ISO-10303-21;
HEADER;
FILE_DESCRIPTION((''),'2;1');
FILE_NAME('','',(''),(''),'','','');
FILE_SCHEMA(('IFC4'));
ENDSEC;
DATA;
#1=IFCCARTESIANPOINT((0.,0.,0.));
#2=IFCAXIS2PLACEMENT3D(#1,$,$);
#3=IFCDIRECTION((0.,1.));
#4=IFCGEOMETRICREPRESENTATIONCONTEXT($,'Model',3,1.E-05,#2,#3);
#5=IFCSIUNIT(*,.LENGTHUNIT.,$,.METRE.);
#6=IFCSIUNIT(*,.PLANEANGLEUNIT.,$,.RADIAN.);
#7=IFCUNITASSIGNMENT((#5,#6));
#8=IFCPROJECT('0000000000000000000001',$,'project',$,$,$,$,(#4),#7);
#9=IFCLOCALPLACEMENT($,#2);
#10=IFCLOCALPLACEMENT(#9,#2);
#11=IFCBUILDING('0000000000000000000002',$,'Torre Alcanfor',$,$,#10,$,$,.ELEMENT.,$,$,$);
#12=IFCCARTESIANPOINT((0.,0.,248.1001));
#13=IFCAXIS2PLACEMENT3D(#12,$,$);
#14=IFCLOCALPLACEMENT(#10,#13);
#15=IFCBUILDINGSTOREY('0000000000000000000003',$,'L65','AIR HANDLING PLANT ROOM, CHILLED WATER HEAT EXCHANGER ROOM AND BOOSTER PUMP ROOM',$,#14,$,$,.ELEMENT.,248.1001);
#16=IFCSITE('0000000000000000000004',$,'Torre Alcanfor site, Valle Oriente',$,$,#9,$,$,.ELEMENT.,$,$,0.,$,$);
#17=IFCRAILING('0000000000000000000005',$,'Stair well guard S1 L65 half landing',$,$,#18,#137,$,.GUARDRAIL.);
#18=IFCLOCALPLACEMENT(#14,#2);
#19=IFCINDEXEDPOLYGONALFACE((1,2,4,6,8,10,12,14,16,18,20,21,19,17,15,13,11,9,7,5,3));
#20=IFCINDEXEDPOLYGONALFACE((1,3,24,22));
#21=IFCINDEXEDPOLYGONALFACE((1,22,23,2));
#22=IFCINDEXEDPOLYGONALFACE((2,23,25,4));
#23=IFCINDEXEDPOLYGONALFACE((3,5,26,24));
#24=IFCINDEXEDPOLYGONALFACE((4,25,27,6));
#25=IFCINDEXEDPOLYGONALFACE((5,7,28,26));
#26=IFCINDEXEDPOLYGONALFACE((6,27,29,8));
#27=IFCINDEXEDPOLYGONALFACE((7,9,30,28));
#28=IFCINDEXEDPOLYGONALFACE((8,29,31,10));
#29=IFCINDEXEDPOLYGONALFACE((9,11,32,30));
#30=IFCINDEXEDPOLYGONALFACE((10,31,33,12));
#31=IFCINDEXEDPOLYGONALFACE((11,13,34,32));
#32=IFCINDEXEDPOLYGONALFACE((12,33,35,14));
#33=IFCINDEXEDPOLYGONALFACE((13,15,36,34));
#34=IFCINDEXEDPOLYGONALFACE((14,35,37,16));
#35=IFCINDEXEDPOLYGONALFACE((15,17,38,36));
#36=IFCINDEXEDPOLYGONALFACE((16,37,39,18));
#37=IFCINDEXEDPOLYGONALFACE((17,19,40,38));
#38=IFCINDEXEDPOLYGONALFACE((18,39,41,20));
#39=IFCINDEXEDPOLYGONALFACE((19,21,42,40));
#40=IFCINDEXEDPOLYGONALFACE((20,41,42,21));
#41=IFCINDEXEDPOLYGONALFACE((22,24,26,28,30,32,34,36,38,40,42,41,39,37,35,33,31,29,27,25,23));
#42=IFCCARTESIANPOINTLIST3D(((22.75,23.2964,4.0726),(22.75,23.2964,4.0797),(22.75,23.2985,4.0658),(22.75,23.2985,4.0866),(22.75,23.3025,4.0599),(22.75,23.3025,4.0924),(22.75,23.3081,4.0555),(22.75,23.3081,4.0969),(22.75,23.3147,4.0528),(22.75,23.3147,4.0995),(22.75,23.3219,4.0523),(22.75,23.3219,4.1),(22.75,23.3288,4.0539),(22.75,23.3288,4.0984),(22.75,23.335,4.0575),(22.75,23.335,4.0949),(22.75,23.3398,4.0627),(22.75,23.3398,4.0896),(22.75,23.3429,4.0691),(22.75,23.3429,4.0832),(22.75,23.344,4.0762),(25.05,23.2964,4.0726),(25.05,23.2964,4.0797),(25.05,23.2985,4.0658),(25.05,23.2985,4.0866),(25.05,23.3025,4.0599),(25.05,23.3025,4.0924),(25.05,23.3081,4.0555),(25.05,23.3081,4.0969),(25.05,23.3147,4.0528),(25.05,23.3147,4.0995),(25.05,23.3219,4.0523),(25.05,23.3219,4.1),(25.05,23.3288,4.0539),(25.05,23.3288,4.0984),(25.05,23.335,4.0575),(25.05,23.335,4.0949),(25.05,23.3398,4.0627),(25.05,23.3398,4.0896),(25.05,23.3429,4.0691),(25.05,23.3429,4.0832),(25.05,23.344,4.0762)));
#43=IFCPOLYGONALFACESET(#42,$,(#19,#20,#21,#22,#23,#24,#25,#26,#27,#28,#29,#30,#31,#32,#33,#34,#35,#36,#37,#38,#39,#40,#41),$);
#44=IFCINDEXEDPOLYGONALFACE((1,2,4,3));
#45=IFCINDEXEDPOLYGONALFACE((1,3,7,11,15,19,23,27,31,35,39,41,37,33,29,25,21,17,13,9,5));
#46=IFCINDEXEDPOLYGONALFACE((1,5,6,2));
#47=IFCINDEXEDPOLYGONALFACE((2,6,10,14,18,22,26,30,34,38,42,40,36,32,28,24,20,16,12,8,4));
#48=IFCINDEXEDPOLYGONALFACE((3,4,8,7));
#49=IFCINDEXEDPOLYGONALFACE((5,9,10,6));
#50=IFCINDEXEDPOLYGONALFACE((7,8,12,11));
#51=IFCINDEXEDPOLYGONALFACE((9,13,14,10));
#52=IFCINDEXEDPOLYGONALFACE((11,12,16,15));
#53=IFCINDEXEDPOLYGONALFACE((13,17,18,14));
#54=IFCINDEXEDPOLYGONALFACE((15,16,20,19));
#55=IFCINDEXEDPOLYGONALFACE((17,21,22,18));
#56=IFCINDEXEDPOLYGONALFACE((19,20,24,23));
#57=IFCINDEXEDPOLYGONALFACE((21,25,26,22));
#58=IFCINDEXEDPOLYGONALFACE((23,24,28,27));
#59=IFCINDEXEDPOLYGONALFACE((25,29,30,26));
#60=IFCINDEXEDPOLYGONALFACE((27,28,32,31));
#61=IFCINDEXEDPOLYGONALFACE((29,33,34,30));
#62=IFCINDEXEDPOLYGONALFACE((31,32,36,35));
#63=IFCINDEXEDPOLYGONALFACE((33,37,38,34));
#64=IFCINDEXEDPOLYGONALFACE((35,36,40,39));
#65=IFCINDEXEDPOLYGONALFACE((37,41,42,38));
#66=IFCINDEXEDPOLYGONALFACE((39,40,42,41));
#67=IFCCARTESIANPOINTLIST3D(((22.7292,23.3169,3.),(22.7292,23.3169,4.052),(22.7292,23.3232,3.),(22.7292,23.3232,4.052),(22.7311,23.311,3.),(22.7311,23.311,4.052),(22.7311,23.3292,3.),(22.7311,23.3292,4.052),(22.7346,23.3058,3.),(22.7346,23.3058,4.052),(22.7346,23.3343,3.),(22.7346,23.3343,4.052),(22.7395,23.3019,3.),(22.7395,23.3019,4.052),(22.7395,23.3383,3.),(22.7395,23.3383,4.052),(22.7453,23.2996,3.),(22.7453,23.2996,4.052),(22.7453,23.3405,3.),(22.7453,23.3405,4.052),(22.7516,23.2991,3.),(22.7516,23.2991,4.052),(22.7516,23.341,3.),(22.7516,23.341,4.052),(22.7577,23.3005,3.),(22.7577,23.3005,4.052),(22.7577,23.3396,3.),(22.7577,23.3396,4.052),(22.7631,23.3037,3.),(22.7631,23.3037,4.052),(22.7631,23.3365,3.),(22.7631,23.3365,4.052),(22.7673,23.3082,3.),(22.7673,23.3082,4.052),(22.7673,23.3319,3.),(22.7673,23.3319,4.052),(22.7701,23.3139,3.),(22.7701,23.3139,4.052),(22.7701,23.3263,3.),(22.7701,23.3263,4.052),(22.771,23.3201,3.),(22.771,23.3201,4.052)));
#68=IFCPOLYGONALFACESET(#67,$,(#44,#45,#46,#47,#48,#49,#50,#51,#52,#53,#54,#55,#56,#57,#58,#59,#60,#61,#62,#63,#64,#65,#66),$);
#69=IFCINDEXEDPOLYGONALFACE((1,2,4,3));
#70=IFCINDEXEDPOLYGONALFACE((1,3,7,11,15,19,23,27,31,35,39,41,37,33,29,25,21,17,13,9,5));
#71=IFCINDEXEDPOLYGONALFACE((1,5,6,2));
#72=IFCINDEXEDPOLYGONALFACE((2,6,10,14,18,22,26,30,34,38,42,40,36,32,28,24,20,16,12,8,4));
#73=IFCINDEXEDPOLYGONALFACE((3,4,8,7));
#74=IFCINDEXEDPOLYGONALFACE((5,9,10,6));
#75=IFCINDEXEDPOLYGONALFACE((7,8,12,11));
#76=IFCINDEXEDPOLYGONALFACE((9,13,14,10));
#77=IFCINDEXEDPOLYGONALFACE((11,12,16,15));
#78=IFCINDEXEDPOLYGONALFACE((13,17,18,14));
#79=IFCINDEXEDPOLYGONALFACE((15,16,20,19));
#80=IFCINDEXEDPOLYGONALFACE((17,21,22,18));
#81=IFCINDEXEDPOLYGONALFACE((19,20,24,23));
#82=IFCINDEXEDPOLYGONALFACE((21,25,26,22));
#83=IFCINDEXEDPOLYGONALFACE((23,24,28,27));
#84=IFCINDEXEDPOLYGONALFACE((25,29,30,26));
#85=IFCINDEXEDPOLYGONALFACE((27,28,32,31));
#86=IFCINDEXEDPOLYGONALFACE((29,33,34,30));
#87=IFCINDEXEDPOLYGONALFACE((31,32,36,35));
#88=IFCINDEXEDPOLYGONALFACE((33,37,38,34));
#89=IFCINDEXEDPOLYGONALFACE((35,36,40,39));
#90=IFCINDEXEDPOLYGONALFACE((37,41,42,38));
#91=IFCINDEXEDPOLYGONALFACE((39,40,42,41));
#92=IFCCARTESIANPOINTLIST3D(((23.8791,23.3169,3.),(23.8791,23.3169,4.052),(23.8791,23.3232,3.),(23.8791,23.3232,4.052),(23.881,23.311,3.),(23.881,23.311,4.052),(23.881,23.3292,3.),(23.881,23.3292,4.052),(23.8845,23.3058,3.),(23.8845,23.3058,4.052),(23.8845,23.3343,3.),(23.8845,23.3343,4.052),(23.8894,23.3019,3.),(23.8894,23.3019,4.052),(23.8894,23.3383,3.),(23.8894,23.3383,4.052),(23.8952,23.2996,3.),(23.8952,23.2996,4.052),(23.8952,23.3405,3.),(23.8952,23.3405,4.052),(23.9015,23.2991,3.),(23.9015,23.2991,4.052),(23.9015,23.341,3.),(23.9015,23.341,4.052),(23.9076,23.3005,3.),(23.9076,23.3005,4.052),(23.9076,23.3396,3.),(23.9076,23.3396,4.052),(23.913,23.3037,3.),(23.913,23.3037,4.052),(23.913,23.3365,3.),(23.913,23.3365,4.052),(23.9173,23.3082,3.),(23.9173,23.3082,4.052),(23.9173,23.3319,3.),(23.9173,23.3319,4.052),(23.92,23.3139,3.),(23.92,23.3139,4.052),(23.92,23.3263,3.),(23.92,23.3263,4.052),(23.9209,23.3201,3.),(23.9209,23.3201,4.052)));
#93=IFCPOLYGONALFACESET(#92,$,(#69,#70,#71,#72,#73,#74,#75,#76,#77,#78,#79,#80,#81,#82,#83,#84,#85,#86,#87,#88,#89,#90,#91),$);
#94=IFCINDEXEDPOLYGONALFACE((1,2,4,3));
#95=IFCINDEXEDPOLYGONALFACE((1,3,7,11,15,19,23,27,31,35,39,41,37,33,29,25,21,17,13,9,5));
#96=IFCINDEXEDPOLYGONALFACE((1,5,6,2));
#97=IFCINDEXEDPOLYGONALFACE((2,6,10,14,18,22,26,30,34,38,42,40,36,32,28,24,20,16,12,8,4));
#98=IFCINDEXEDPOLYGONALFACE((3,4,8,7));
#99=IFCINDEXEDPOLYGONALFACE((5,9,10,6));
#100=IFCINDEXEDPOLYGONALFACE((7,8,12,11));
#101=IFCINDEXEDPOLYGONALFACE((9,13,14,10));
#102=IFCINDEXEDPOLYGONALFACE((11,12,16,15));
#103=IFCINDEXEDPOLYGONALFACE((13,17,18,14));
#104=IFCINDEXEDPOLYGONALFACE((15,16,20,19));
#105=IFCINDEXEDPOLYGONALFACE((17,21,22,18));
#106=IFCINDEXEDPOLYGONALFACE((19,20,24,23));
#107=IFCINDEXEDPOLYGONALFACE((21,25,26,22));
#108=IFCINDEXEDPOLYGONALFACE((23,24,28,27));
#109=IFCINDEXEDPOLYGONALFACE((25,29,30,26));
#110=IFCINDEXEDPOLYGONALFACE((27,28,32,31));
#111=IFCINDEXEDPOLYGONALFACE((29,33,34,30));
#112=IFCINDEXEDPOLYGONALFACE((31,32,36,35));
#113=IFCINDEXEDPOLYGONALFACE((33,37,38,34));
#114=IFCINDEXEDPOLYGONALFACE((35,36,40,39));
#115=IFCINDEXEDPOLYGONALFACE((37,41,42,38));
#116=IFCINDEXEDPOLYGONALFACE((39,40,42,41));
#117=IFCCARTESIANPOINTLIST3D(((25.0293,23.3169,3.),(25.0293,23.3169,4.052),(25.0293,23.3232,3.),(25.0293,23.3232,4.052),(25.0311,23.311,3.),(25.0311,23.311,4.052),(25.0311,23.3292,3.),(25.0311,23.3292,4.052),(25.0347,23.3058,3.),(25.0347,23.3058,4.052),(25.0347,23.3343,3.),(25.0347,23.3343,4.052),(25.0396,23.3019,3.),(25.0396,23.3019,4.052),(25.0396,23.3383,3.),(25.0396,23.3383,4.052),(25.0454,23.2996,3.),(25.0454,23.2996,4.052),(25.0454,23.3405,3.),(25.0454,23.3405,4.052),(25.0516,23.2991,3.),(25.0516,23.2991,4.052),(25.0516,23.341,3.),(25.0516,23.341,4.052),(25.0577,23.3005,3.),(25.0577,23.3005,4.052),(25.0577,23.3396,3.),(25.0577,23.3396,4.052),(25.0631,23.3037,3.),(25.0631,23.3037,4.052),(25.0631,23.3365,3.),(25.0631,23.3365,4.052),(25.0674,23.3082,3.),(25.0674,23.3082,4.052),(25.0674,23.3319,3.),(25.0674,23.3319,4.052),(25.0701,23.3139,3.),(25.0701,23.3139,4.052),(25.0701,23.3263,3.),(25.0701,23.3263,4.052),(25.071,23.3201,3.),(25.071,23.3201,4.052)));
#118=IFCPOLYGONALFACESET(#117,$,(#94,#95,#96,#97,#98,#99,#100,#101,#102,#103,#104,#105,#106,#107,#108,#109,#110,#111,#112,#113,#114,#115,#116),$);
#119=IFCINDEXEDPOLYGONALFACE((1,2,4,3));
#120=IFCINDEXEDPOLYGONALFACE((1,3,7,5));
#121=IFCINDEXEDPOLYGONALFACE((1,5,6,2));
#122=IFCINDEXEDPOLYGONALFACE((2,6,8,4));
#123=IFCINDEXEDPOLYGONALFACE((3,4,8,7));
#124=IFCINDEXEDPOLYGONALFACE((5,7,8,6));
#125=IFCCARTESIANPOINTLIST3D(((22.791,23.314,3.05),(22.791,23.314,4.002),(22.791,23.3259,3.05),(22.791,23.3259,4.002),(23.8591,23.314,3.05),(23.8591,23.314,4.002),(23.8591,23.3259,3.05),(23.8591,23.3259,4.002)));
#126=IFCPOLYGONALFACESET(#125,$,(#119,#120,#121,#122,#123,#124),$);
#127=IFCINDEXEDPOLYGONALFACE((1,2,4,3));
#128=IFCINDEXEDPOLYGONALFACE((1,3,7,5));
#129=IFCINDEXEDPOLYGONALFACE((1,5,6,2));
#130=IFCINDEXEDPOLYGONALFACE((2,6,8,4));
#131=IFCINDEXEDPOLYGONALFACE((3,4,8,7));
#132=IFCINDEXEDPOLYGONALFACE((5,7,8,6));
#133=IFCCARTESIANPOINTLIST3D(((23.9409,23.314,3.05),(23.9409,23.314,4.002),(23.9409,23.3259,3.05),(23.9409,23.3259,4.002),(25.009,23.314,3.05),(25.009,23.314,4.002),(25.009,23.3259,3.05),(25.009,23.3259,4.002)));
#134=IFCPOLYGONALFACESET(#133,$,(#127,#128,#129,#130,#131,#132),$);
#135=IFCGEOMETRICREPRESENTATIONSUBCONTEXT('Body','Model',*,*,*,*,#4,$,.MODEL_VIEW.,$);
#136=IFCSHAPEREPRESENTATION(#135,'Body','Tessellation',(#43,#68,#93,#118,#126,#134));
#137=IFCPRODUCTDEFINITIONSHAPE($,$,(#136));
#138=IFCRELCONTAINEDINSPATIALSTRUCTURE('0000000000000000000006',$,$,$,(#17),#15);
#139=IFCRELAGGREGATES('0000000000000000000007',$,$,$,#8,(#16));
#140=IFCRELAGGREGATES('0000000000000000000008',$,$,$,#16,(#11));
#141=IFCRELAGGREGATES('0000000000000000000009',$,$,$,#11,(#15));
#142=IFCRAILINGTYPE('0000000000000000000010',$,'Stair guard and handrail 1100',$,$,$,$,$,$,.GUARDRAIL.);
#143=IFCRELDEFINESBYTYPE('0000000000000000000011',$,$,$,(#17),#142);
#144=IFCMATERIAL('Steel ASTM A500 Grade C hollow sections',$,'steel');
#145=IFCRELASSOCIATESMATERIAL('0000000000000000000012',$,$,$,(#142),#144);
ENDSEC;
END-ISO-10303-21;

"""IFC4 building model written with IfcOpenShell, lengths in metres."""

from ifc_helpers import new_model, si_unit, direction, frame, origin, origin_2d, place, context, subcontext, project, spatial, polyline, circle, outline, extrude, material, type_object, element, save


model = new_model("IFC4")

# Units and contexts
model_context = context("Model", 3, precision=1e-05, world=origin(), true_north=direction((0.0, 1.0)))
body_context = subcontext(model_context, "Body", "Model", "MODEL_VIEW")
ifc_project = project(units=[si_unit("LENGTHUNIT", "METRE"), si_unit("PLANEANGLEUNIT", "RADIAN")], contexts=[model_context])

# Site, building, storey
site_placement = place(None, origin())
site = spatial("IfcSite", under=ifc_project, at=site_placement, Name="Torre Alcanfor site, Valle Oriente", CompositionType="ELEMENT", RefElevation=0.0)
building_placement = place(site_placement, origin())
building = spatial("IfcBuilding", under=site, at=building_placement, Name="Torre Alcanfor", CompositionType="ELEMENT")
storey_placement = place(building_placement, frame((0.0, 0.0, 248.1001)))
storey = spatial("IfcBuildingStorey", under=building, at=storey_placement, Name="L65", Description="AIR HANDLING PLANT ROOM, CHILLED WATER HEAT EXCHANGER ROOM AND BOOSTER PUMP ROOM", CompositionType="ELEMENT", Elevation=248.1001)

# Railing
ifc_material_1 = material(Name="Steel ASTM A500 Grade C hollow sections", Category="steel")
railing_type_1 = type_object("IfcRailingType", Name="Stair guard and handrail 1100", PredefinedType="GUARDRAIL", material=ifc_material_1)
railing_1_placement = place(storey_placement, frame((22.75, 23.3201, 3.0)))
element("IfcRailing", 1, at=railing_1_placement, inside=storey, type_object=railing_type_1, Name="Stair well guard S1 L65 half landing", PredefinedType="GUARDRAIL", context=body_context, shape_type="SweptSolid", body=[
    extrude(circle(Radius=0.0239, at=origin_2d()), frame((0.0, 0.0, 1.0762), z_axis=(1.0, 0.0, 0.0), x_axis=(0.0, 1.0, 0.0)), (0.0, 0.0, 1.0), 2.3),
    extrude(circle(Radius=0.021, at=origin_2d()), origin(), (0.0, 0.0, 1.0), 1.052),
    extrude(circle(Radius=0.021, at=origin_2d()), frame((1.1499, 0.0, 0.0)), (0.0, 0.0, 1.0), 1.052),
    extrude(circle(Radius=0.021, at=origin_2d()), frame((2.3, 0.0, 0.0)), (0.0, 0.0, 1.0), 1.052),
    extrude(outline(polyline([(0.041, 0.05), (1.1091, 0.05), (1.1091, 1.002), (0.041, 1.002), (0.041, 0.05)])), frame((0.0, 0.0059, 0.0), z_axis=(0.0, -1.0, 0.0), x_axis=(1.0, 0.0, 0.0)), (0.0, 0.0, 1.0), 0.012),
    extrude(outline(polyline([(1.1909, 0.05), (2.259, 0.05), (2.259, 1.002), (1.1909, 1.002), (1.1909, 0.05)])), frame((0.0, 0.0059, 0.0), z_axis=(0.0, -1.0, 0.0), x_axis=(1.0, 0.0, 0.0)), (0.0, 0.0, 1.0), 0.012),
])

save(model, "model.ifc")
